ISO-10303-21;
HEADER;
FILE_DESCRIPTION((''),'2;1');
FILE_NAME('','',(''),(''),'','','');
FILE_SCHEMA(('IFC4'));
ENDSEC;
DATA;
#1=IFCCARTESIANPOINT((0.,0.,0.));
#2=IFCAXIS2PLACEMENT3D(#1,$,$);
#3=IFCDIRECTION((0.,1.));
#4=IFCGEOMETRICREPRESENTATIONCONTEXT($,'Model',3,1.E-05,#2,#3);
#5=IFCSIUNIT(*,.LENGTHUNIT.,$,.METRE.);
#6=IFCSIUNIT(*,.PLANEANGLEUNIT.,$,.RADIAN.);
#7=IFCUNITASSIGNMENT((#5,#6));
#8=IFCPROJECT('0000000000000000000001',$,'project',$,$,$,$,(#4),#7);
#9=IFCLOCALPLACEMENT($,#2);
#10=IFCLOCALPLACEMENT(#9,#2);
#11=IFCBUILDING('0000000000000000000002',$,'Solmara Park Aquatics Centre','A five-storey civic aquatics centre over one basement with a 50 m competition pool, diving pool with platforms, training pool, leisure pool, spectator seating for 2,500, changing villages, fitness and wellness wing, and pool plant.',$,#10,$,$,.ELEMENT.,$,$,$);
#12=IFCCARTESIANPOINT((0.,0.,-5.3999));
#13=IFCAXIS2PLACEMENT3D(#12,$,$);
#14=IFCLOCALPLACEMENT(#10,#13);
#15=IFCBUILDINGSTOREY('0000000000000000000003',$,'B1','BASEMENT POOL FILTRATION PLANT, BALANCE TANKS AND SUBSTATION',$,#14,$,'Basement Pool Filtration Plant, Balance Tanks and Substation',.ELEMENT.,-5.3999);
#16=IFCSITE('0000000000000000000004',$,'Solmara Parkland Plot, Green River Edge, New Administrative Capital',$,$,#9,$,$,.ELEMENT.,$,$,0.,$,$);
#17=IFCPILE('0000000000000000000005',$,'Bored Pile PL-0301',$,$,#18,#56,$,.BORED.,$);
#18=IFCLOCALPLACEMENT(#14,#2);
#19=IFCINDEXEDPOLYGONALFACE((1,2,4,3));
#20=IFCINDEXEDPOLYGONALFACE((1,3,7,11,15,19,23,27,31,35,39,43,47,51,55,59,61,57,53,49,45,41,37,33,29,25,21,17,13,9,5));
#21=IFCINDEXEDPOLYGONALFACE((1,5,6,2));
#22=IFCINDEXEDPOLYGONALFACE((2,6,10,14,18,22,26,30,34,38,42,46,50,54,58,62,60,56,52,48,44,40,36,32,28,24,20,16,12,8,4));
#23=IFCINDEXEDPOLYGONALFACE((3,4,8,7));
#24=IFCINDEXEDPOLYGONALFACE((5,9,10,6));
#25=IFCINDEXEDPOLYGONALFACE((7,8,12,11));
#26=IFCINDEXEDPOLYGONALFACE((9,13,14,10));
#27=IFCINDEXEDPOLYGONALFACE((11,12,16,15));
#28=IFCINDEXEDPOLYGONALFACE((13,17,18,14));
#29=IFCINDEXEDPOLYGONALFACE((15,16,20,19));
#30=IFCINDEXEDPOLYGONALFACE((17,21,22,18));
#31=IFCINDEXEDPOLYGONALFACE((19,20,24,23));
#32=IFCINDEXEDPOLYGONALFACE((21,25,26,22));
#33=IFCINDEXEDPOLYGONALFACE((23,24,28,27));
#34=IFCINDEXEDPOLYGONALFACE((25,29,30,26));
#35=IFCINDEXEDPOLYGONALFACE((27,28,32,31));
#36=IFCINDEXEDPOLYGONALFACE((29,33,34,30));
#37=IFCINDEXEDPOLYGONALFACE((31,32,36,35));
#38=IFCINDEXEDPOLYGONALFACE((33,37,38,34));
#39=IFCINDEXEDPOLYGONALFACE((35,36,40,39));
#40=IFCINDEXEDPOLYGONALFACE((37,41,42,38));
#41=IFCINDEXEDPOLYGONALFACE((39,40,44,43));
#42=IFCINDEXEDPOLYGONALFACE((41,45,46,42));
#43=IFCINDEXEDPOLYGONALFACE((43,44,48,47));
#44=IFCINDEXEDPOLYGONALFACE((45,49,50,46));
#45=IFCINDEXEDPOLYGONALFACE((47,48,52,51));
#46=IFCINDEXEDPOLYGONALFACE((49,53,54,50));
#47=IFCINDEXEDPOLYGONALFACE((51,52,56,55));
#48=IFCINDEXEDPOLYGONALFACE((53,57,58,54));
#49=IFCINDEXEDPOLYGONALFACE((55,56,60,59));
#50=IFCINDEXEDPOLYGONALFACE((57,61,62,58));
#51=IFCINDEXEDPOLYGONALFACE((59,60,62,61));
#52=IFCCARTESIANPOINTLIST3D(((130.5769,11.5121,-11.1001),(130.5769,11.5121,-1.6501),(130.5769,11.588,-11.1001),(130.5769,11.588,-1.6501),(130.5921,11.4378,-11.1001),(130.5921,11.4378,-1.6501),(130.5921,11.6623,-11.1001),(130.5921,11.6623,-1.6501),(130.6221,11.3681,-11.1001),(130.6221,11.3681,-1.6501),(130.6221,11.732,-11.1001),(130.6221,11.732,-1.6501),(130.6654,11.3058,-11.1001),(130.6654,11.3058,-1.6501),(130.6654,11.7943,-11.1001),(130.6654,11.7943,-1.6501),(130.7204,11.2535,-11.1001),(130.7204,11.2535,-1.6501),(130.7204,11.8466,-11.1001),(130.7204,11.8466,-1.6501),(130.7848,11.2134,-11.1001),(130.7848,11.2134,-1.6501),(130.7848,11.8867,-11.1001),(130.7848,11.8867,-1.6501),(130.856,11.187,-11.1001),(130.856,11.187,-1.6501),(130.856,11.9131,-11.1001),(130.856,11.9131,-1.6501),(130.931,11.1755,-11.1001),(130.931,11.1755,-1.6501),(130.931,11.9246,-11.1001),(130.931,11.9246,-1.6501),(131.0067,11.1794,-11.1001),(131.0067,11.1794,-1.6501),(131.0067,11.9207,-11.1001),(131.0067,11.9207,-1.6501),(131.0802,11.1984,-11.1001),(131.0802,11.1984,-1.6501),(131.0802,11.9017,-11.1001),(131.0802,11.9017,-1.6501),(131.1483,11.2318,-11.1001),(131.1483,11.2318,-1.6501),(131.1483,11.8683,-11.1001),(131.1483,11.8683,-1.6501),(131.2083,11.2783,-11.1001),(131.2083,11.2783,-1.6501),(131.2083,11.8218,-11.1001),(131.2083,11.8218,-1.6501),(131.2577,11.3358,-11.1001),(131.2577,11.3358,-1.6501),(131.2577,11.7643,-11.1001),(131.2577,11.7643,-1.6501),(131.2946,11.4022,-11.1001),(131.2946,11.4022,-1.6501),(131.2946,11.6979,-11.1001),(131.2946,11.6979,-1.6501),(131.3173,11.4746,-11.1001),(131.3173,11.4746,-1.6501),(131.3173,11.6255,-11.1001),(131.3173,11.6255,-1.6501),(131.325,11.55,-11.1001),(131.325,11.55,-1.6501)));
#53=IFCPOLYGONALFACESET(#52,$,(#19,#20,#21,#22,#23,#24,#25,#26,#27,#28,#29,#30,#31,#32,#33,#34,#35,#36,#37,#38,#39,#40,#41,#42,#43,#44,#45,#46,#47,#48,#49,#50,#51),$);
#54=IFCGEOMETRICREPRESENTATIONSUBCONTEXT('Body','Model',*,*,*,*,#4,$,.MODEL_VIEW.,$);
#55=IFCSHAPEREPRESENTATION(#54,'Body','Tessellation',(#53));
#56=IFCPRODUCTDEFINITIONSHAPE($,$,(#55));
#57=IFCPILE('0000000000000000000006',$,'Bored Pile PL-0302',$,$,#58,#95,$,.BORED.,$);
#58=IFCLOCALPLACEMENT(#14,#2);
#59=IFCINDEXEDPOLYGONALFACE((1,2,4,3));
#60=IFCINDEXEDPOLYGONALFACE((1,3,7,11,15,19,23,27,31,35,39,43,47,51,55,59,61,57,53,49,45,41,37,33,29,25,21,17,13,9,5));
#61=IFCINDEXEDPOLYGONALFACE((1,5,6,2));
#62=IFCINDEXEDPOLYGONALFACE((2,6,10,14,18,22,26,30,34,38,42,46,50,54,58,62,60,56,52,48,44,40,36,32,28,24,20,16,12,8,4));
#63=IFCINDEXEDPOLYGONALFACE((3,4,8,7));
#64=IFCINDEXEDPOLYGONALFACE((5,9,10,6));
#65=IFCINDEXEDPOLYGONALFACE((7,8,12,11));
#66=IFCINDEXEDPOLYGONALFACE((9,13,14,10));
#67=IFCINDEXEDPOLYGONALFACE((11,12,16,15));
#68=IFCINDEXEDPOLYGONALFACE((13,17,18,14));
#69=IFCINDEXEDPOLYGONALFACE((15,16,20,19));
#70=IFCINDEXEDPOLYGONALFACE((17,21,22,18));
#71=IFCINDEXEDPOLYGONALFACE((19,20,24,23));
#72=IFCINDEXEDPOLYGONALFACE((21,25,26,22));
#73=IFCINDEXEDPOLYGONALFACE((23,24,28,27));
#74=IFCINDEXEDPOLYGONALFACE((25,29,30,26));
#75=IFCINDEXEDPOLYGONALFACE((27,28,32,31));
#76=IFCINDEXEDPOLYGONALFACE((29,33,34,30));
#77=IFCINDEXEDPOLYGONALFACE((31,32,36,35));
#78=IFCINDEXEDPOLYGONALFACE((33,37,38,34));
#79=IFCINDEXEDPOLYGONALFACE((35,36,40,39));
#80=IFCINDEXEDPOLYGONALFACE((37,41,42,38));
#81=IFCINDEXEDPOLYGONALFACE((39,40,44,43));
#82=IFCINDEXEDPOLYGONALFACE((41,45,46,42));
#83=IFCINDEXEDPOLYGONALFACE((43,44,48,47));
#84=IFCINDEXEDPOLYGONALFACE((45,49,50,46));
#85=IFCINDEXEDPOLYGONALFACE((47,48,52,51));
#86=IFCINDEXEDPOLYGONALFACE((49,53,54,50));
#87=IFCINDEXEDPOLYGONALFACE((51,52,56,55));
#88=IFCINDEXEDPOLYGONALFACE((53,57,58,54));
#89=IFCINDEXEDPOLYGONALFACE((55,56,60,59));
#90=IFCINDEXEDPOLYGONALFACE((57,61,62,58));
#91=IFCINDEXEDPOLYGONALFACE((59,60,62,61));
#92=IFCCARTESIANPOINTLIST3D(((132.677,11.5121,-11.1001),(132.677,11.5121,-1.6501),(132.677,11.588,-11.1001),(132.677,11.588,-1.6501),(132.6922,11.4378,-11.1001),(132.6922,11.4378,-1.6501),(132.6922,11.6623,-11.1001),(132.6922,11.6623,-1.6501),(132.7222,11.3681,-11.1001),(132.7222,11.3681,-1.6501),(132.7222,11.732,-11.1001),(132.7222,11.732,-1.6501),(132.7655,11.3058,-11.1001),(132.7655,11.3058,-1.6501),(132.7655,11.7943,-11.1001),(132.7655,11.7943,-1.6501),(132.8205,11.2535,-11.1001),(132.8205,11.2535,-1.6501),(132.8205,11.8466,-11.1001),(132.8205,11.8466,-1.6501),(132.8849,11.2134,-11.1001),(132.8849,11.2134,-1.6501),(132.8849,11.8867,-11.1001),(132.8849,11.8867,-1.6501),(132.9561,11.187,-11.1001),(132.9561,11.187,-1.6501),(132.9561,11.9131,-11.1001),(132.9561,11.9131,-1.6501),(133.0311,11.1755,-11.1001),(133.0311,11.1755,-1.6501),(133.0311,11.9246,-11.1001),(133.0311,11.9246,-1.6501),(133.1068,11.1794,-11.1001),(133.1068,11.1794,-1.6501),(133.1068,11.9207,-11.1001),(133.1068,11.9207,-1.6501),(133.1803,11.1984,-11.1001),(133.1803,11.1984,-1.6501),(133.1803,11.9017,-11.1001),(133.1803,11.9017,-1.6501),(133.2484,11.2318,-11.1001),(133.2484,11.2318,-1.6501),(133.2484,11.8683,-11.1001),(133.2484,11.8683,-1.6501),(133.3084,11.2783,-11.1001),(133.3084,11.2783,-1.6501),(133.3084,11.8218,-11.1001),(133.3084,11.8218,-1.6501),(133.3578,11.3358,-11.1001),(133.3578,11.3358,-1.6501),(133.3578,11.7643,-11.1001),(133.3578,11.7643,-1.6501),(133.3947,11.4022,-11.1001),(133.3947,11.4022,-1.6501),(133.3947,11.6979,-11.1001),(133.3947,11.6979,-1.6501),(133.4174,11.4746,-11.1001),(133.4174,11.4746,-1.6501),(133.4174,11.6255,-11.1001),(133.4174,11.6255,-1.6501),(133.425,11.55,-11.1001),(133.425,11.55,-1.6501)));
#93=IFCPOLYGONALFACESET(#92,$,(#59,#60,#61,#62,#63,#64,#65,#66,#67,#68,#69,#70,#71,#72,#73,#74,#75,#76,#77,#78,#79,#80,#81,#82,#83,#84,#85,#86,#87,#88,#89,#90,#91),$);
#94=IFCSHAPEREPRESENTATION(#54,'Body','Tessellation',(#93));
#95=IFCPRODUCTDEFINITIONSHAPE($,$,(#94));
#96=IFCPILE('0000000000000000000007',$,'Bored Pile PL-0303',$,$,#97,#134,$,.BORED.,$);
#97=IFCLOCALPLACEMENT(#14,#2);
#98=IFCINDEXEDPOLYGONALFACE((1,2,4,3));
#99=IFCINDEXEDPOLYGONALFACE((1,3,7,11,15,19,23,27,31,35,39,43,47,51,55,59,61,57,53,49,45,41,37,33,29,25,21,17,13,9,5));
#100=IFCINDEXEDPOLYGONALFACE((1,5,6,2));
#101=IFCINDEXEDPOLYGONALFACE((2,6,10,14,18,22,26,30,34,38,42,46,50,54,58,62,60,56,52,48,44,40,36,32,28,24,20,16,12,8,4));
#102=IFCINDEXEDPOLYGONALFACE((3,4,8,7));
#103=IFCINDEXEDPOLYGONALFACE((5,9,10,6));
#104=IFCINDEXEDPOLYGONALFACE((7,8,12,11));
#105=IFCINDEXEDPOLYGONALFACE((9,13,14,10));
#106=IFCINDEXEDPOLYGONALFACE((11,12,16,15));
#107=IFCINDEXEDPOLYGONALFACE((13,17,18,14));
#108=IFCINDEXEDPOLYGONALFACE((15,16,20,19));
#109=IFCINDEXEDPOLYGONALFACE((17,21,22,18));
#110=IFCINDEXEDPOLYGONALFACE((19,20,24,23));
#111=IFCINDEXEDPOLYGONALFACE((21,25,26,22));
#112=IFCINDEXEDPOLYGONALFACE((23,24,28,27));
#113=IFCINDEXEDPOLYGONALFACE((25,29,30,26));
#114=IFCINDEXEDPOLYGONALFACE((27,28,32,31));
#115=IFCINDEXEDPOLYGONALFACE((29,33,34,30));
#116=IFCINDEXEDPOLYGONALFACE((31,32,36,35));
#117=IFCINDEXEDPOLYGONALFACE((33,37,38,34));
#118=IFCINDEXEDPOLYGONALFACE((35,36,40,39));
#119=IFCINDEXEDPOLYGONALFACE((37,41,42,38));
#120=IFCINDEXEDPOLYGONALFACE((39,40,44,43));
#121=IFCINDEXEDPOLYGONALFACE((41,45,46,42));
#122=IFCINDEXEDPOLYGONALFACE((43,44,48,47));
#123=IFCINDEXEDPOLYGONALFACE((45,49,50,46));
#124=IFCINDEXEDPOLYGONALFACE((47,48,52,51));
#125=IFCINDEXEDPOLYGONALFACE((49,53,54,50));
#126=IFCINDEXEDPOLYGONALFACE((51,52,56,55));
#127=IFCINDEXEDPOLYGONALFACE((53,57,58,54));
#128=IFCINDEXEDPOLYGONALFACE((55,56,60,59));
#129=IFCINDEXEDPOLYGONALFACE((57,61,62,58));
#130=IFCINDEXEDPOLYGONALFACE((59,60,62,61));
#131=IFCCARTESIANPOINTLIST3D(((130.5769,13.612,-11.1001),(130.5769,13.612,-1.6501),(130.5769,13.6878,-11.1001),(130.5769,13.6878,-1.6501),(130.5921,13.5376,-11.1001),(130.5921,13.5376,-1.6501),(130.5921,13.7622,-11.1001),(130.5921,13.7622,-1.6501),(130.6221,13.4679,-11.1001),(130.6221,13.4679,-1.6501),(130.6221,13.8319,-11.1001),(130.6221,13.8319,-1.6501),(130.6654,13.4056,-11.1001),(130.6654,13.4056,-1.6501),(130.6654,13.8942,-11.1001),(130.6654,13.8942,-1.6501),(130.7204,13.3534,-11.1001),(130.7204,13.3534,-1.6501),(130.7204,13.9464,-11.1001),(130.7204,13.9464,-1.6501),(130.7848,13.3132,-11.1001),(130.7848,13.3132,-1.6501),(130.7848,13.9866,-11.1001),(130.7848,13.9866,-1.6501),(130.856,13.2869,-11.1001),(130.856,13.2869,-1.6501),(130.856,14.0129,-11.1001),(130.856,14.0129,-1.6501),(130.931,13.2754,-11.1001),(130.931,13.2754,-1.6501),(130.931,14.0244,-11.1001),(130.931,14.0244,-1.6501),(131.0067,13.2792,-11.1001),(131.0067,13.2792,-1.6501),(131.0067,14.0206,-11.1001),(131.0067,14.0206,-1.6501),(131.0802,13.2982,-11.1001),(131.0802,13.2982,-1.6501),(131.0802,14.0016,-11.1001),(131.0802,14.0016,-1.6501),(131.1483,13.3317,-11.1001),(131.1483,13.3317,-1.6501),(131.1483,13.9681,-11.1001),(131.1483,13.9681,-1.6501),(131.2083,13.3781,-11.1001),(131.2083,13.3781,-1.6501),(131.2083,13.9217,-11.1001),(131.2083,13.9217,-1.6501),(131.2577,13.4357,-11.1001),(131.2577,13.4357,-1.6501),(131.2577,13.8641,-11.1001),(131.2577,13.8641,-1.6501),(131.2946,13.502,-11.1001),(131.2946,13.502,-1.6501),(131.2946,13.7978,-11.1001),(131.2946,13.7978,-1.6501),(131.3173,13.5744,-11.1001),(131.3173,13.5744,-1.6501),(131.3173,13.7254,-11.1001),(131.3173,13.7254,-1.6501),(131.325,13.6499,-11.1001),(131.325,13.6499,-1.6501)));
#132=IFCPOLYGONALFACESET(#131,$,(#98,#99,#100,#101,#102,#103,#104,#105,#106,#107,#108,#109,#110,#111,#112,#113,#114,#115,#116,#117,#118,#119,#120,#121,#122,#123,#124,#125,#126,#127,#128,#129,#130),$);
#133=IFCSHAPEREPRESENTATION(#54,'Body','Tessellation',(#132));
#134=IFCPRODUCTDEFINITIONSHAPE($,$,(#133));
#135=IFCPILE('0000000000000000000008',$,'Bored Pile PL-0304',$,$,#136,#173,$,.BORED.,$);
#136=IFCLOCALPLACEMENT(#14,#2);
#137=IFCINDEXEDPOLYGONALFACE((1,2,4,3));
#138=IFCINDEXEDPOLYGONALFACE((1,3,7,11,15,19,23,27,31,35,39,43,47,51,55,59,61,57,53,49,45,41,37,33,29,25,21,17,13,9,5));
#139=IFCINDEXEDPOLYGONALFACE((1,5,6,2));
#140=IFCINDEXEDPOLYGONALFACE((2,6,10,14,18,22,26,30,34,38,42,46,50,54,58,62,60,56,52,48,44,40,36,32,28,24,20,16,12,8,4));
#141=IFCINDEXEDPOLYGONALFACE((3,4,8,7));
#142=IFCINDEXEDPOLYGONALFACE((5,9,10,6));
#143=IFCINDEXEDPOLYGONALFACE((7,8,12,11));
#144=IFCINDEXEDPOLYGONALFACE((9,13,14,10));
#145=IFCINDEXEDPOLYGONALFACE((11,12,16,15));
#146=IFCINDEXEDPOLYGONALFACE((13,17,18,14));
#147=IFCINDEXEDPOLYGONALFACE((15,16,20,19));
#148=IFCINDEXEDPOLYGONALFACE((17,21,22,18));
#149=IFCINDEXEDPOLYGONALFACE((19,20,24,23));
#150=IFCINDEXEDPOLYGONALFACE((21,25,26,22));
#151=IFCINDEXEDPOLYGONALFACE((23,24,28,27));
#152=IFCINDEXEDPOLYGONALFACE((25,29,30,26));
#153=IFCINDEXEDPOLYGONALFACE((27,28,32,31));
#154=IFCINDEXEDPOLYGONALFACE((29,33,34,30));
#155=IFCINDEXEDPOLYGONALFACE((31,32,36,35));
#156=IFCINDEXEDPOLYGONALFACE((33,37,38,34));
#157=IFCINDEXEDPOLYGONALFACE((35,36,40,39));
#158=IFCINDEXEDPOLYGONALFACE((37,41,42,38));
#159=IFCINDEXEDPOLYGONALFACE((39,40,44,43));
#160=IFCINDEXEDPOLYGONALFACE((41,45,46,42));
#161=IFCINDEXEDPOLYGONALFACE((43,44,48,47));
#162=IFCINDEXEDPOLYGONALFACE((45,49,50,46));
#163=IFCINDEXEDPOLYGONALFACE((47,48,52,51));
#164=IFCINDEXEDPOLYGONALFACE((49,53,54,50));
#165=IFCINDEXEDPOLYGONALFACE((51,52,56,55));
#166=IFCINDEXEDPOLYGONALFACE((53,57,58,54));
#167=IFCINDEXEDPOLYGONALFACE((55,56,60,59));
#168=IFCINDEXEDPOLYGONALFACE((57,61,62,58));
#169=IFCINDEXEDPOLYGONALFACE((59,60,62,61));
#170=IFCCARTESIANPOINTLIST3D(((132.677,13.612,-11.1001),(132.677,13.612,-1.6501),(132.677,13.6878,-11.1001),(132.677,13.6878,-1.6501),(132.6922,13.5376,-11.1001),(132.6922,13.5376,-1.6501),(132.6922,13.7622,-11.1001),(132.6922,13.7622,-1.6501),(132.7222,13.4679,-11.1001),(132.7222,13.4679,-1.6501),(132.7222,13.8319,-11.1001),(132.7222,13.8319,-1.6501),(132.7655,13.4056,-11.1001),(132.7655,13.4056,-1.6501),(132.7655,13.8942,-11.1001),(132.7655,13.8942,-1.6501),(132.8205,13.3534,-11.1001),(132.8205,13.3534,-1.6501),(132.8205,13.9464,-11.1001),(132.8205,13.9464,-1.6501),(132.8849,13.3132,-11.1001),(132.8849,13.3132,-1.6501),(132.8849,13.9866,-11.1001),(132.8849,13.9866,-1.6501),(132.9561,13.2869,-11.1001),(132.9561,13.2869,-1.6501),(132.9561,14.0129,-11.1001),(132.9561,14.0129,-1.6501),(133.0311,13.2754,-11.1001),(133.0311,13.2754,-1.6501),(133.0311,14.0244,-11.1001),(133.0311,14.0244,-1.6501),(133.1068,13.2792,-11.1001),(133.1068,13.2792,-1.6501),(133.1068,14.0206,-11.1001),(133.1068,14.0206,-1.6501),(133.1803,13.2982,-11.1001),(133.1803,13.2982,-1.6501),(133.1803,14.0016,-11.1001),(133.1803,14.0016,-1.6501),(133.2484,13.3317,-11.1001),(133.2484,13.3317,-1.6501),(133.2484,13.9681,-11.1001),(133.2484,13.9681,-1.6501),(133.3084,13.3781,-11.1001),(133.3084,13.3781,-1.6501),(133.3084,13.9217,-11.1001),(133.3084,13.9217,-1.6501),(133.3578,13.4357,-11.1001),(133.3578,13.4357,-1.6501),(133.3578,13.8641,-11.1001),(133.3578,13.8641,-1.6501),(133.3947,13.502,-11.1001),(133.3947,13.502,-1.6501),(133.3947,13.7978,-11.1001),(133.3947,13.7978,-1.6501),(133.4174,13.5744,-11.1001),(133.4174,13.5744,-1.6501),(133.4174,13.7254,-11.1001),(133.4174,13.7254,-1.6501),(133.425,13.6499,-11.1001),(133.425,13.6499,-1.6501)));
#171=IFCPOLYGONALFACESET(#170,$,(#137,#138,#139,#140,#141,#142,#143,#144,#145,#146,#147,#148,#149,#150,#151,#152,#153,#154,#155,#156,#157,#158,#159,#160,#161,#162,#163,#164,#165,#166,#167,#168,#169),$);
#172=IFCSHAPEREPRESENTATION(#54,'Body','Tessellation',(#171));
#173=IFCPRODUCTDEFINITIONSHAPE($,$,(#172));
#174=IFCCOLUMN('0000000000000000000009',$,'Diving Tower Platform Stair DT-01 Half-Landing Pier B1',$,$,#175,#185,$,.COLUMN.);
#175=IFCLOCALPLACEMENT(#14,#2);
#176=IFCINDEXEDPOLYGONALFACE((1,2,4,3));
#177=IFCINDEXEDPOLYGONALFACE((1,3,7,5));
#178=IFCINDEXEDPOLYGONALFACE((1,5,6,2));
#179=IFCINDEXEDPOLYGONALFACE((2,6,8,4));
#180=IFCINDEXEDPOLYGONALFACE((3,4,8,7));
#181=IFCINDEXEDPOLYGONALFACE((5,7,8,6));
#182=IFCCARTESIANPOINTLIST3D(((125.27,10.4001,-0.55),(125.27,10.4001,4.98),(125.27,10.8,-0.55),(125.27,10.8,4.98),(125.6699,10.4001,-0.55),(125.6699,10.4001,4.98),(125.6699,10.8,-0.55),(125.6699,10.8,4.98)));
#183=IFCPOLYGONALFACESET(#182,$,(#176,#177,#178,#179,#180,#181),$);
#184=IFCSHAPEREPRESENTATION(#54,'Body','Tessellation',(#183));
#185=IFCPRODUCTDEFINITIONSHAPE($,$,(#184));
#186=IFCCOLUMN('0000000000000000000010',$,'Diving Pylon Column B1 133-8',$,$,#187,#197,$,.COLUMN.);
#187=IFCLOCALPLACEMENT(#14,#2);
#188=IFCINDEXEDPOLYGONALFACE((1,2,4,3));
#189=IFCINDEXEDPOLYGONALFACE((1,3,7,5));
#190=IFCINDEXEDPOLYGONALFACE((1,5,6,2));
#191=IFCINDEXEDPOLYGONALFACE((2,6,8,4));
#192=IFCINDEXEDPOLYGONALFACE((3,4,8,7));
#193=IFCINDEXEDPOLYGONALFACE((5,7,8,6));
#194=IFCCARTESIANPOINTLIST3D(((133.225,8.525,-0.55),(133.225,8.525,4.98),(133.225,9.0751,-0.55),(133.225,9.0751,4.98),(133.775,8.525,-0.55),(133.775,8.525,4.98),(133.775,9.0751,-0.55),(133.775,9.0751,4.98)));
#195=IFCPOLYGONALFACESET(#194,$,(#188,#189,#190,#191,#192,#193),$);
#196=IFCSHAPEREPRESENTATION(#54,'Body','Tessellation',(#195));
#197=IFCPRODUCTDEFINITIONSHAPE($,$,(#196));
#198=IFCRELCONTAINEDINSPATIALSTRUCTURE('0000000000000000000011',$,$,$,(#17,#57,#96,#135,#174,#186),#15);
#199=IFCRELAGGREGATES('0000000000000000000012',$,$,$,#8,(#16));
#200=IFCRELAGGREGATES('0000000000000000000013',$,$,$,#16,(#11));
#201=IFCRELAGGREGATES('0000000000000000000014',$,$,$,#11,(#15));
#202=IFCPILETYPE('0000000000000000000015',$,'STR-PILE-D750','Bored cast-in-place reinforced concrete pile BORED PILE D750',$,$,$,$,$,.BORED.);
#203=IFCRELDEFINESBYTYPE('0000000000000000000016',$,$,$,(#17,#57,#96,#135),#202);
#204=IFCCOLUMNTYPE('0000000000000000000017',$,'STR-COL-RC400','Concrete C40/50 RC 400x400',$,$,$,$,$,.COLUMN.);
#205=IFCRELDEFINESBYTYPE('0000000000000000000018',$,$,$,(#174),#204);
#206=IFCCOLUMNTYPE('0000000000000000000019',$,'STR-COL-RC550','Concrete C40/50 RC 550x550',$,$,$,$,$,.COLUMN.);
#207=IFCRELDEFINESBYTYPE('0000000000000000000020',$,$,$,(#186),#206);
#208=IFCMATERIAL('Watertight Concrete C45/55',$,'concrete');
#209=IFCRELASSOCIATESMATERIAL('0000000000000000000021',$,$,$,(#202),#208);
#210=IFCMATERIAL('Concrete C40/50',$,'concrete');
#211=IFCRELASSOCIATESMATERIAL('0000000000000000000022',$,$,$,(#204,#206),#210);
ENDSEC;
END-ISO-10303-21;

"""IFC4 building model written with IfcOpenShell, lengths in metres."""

from ifc_helpers import new_model, si_unit, direction, frame, origin, origin_2d, place, context, subcontext, project, spatial, rectangle, circle, extrude, material, material_profile, profile_set, type_object, element, save


model = new_model("IFC4")

# Units and contexts
model_context = context("Model", 3, precision=1e-05, world=origin(), true_north=direction((0.0, 1.0)))
body_context = subcontext(model_context, "Body", "Model", "MODEL_VIEW")
ifc_project = project(units=[si_unit("LENGTHUNIT", "METRE"), si_unit("PLANEANGLEUNIT", "RADIAN")], contexts=[model_context])

# Site, building, storey
site_placement = place(None, origin())
site = spatial("IfcSite", under=ifc_project, at=site_placement, Name="Solmara Parkland Plot, Green River Edge, New Administrative Capital", CompositionType="ELEMENT", RefElevation=0.0)
building_placement = place(site_placement, origin())
building = spatial("IfcBuilding", under=site, at=building_placement, Name="Solmara Park Aquatics Centre", Description="A five-storey civic aquatics centre over one basement with a 50 m competition pool, diving pool with platforms, training pool, leisure pool, spectator seating for 2,500, changing villages, fitness and wellness wing, and pool plant.", CompositionType="ELEMENT")
storey_placement = place(building_placement, frame((0.0, 0.0, -5.3999)))
storey = spatial("IfcBuildingStorey", under=building, at=storey_placement, Name="B1", Description="BASEMENT POOL FILTRATION PLANT, BALANCE TANKS AND SUBSTATION", LongName="Basement Pool Filtration Plant, Balance Tanks and Substation", CompositionType="ELEMENT", Elevation=-5.3999)

# Shared definitions
ifc_material_1 = material(Name="Watertight Concrete C45/55", Category="concrete")

# Piles
ifc_material_profile_1 = material_profile(ifc_material_1, circle(Radius=0.375, at=origin_2d()), Name="BORED PILE D750")
ifc_profile_set_1 = profile_set([ifc_material_profile_1], Name="Watertight Concrete C45/55")
pile_type = type_object("IfcPileType", Name="STR-PILE-D750", Description="Bored cast-in-place reinforced concrete pile BORED PILE D750", PredefinedType="BORED", material=ifc_profile_set_1)
for number, where, z_axis, x_axis, name in (
    (1, (130.95, 11.55, -1.6501), (0.0, 0.0, -1.0), (1.0, 0.0, 0.0), "Bored Pile PL-0301"),
    (2, (133.05, 11.55, -1.6501), (0.0, 0.0, -1.0), (1.0, 0.0, 0.0), "Bored Pile PL-0302"),
    (3, (130.95, 13.6499, -1.6501), (0.0, 0.0, -1.0), (1.0, 0.0, 0.0), "Bored Pile PL-0303"),
    (4, (133.05, 13.6499, -1.6501), (0.0, 0.0, -1.0), (1.0, 0.0, 0.0), "Bored Pile PL-0304"),
):
    element("IfcPile", number, at=place(storey_placement, frame(where, z_axis=z_axis, x_axis=x_axis)), inside=storey, type_object=pile_type, Name=name, PredefinedType="BORED", context=body_context, shape_type="SweptSolid", body=[
        extrude(circle(Radius=0.375, at=origin_2d()), origin(), (0.0, 0.0, 1.0), 9.45),
    ])

# Columns
ifc_material_2 = material(Name="Concrete C40/50", Category="concrete")
ifc_material_profile_2 = material_profile(ifc_material_2, rectangle(XDim=0.3999, YDim=0.3999, at=origin_2d()), Name="RC 400x400")
ifc_profile_set_2 = profile_set([ifc_material_profile_2], Name="Concrete C40/50")
column_type_1 = type_object("IfcColumnType", Name="STR-COL-RC400", Description="Concrete C40/50 RC 400x400", PredefinedType="COLUMN", material=ifc_profile_set_2)
column_1_placement = place(storey_placement, frame((125.47, 10.6001, -0.55), z_axis=(0.0, 0.0, 1.0), x_axis=(1.0, 0.0, 0.0)))
element("IfcColumn", 5, at=column_1_placement, inside=storey, type_object=column_type_1, Name="Diving Tower Platform Stair DT-01 Half-Landing Pier B1", PredefinedType="COLUMN", context=body_context, shape_type="SweptSolid", body=[
    extrude(rectangle(XDim=0.3999, YDim=0.3999, at=origin_2d()), origin(), (0.0, 0.0, 1.0), 5.53),
])
ifc_material_profile_3 = material_profile(ifc_material_2, rectangle(XDim=0.55, YDim=0.55, at=origin_2d()), Name="RC 550x550")
ifc_profile_set_3 = profile_set([ifc_material_profile_3], Name="Concrete C40/50")
column_type_2 = type_object("IfcColumnType", Name="STR-COL-RC550", Description="Concrete C40/50 RC 550x550", PredefinedType="COLUMN", material=ifc_profile_set_3)
column_2_placement = place(storey_placement, frame((133.5, 8.8, -0.55), z_axis=(0.0, 0.0, 1.0), x_axis=(1.0, 0.0, 0.0)))
element("IfcColumn", 6, at=column_2_placement, inside=storey, type_object=column_type_2, Name="Diving Pylon Column B1 133-8", PredefinedType="COLUMN", context=body_context, shape_type="SweptSolid", body=[
    extrude(rectangle(XDim=0.55, YDim=0.55, at=origin_2d()), origin(), (0.0, 0.0, 1.0), 5.53),
])

save(model, "model.ifc")
